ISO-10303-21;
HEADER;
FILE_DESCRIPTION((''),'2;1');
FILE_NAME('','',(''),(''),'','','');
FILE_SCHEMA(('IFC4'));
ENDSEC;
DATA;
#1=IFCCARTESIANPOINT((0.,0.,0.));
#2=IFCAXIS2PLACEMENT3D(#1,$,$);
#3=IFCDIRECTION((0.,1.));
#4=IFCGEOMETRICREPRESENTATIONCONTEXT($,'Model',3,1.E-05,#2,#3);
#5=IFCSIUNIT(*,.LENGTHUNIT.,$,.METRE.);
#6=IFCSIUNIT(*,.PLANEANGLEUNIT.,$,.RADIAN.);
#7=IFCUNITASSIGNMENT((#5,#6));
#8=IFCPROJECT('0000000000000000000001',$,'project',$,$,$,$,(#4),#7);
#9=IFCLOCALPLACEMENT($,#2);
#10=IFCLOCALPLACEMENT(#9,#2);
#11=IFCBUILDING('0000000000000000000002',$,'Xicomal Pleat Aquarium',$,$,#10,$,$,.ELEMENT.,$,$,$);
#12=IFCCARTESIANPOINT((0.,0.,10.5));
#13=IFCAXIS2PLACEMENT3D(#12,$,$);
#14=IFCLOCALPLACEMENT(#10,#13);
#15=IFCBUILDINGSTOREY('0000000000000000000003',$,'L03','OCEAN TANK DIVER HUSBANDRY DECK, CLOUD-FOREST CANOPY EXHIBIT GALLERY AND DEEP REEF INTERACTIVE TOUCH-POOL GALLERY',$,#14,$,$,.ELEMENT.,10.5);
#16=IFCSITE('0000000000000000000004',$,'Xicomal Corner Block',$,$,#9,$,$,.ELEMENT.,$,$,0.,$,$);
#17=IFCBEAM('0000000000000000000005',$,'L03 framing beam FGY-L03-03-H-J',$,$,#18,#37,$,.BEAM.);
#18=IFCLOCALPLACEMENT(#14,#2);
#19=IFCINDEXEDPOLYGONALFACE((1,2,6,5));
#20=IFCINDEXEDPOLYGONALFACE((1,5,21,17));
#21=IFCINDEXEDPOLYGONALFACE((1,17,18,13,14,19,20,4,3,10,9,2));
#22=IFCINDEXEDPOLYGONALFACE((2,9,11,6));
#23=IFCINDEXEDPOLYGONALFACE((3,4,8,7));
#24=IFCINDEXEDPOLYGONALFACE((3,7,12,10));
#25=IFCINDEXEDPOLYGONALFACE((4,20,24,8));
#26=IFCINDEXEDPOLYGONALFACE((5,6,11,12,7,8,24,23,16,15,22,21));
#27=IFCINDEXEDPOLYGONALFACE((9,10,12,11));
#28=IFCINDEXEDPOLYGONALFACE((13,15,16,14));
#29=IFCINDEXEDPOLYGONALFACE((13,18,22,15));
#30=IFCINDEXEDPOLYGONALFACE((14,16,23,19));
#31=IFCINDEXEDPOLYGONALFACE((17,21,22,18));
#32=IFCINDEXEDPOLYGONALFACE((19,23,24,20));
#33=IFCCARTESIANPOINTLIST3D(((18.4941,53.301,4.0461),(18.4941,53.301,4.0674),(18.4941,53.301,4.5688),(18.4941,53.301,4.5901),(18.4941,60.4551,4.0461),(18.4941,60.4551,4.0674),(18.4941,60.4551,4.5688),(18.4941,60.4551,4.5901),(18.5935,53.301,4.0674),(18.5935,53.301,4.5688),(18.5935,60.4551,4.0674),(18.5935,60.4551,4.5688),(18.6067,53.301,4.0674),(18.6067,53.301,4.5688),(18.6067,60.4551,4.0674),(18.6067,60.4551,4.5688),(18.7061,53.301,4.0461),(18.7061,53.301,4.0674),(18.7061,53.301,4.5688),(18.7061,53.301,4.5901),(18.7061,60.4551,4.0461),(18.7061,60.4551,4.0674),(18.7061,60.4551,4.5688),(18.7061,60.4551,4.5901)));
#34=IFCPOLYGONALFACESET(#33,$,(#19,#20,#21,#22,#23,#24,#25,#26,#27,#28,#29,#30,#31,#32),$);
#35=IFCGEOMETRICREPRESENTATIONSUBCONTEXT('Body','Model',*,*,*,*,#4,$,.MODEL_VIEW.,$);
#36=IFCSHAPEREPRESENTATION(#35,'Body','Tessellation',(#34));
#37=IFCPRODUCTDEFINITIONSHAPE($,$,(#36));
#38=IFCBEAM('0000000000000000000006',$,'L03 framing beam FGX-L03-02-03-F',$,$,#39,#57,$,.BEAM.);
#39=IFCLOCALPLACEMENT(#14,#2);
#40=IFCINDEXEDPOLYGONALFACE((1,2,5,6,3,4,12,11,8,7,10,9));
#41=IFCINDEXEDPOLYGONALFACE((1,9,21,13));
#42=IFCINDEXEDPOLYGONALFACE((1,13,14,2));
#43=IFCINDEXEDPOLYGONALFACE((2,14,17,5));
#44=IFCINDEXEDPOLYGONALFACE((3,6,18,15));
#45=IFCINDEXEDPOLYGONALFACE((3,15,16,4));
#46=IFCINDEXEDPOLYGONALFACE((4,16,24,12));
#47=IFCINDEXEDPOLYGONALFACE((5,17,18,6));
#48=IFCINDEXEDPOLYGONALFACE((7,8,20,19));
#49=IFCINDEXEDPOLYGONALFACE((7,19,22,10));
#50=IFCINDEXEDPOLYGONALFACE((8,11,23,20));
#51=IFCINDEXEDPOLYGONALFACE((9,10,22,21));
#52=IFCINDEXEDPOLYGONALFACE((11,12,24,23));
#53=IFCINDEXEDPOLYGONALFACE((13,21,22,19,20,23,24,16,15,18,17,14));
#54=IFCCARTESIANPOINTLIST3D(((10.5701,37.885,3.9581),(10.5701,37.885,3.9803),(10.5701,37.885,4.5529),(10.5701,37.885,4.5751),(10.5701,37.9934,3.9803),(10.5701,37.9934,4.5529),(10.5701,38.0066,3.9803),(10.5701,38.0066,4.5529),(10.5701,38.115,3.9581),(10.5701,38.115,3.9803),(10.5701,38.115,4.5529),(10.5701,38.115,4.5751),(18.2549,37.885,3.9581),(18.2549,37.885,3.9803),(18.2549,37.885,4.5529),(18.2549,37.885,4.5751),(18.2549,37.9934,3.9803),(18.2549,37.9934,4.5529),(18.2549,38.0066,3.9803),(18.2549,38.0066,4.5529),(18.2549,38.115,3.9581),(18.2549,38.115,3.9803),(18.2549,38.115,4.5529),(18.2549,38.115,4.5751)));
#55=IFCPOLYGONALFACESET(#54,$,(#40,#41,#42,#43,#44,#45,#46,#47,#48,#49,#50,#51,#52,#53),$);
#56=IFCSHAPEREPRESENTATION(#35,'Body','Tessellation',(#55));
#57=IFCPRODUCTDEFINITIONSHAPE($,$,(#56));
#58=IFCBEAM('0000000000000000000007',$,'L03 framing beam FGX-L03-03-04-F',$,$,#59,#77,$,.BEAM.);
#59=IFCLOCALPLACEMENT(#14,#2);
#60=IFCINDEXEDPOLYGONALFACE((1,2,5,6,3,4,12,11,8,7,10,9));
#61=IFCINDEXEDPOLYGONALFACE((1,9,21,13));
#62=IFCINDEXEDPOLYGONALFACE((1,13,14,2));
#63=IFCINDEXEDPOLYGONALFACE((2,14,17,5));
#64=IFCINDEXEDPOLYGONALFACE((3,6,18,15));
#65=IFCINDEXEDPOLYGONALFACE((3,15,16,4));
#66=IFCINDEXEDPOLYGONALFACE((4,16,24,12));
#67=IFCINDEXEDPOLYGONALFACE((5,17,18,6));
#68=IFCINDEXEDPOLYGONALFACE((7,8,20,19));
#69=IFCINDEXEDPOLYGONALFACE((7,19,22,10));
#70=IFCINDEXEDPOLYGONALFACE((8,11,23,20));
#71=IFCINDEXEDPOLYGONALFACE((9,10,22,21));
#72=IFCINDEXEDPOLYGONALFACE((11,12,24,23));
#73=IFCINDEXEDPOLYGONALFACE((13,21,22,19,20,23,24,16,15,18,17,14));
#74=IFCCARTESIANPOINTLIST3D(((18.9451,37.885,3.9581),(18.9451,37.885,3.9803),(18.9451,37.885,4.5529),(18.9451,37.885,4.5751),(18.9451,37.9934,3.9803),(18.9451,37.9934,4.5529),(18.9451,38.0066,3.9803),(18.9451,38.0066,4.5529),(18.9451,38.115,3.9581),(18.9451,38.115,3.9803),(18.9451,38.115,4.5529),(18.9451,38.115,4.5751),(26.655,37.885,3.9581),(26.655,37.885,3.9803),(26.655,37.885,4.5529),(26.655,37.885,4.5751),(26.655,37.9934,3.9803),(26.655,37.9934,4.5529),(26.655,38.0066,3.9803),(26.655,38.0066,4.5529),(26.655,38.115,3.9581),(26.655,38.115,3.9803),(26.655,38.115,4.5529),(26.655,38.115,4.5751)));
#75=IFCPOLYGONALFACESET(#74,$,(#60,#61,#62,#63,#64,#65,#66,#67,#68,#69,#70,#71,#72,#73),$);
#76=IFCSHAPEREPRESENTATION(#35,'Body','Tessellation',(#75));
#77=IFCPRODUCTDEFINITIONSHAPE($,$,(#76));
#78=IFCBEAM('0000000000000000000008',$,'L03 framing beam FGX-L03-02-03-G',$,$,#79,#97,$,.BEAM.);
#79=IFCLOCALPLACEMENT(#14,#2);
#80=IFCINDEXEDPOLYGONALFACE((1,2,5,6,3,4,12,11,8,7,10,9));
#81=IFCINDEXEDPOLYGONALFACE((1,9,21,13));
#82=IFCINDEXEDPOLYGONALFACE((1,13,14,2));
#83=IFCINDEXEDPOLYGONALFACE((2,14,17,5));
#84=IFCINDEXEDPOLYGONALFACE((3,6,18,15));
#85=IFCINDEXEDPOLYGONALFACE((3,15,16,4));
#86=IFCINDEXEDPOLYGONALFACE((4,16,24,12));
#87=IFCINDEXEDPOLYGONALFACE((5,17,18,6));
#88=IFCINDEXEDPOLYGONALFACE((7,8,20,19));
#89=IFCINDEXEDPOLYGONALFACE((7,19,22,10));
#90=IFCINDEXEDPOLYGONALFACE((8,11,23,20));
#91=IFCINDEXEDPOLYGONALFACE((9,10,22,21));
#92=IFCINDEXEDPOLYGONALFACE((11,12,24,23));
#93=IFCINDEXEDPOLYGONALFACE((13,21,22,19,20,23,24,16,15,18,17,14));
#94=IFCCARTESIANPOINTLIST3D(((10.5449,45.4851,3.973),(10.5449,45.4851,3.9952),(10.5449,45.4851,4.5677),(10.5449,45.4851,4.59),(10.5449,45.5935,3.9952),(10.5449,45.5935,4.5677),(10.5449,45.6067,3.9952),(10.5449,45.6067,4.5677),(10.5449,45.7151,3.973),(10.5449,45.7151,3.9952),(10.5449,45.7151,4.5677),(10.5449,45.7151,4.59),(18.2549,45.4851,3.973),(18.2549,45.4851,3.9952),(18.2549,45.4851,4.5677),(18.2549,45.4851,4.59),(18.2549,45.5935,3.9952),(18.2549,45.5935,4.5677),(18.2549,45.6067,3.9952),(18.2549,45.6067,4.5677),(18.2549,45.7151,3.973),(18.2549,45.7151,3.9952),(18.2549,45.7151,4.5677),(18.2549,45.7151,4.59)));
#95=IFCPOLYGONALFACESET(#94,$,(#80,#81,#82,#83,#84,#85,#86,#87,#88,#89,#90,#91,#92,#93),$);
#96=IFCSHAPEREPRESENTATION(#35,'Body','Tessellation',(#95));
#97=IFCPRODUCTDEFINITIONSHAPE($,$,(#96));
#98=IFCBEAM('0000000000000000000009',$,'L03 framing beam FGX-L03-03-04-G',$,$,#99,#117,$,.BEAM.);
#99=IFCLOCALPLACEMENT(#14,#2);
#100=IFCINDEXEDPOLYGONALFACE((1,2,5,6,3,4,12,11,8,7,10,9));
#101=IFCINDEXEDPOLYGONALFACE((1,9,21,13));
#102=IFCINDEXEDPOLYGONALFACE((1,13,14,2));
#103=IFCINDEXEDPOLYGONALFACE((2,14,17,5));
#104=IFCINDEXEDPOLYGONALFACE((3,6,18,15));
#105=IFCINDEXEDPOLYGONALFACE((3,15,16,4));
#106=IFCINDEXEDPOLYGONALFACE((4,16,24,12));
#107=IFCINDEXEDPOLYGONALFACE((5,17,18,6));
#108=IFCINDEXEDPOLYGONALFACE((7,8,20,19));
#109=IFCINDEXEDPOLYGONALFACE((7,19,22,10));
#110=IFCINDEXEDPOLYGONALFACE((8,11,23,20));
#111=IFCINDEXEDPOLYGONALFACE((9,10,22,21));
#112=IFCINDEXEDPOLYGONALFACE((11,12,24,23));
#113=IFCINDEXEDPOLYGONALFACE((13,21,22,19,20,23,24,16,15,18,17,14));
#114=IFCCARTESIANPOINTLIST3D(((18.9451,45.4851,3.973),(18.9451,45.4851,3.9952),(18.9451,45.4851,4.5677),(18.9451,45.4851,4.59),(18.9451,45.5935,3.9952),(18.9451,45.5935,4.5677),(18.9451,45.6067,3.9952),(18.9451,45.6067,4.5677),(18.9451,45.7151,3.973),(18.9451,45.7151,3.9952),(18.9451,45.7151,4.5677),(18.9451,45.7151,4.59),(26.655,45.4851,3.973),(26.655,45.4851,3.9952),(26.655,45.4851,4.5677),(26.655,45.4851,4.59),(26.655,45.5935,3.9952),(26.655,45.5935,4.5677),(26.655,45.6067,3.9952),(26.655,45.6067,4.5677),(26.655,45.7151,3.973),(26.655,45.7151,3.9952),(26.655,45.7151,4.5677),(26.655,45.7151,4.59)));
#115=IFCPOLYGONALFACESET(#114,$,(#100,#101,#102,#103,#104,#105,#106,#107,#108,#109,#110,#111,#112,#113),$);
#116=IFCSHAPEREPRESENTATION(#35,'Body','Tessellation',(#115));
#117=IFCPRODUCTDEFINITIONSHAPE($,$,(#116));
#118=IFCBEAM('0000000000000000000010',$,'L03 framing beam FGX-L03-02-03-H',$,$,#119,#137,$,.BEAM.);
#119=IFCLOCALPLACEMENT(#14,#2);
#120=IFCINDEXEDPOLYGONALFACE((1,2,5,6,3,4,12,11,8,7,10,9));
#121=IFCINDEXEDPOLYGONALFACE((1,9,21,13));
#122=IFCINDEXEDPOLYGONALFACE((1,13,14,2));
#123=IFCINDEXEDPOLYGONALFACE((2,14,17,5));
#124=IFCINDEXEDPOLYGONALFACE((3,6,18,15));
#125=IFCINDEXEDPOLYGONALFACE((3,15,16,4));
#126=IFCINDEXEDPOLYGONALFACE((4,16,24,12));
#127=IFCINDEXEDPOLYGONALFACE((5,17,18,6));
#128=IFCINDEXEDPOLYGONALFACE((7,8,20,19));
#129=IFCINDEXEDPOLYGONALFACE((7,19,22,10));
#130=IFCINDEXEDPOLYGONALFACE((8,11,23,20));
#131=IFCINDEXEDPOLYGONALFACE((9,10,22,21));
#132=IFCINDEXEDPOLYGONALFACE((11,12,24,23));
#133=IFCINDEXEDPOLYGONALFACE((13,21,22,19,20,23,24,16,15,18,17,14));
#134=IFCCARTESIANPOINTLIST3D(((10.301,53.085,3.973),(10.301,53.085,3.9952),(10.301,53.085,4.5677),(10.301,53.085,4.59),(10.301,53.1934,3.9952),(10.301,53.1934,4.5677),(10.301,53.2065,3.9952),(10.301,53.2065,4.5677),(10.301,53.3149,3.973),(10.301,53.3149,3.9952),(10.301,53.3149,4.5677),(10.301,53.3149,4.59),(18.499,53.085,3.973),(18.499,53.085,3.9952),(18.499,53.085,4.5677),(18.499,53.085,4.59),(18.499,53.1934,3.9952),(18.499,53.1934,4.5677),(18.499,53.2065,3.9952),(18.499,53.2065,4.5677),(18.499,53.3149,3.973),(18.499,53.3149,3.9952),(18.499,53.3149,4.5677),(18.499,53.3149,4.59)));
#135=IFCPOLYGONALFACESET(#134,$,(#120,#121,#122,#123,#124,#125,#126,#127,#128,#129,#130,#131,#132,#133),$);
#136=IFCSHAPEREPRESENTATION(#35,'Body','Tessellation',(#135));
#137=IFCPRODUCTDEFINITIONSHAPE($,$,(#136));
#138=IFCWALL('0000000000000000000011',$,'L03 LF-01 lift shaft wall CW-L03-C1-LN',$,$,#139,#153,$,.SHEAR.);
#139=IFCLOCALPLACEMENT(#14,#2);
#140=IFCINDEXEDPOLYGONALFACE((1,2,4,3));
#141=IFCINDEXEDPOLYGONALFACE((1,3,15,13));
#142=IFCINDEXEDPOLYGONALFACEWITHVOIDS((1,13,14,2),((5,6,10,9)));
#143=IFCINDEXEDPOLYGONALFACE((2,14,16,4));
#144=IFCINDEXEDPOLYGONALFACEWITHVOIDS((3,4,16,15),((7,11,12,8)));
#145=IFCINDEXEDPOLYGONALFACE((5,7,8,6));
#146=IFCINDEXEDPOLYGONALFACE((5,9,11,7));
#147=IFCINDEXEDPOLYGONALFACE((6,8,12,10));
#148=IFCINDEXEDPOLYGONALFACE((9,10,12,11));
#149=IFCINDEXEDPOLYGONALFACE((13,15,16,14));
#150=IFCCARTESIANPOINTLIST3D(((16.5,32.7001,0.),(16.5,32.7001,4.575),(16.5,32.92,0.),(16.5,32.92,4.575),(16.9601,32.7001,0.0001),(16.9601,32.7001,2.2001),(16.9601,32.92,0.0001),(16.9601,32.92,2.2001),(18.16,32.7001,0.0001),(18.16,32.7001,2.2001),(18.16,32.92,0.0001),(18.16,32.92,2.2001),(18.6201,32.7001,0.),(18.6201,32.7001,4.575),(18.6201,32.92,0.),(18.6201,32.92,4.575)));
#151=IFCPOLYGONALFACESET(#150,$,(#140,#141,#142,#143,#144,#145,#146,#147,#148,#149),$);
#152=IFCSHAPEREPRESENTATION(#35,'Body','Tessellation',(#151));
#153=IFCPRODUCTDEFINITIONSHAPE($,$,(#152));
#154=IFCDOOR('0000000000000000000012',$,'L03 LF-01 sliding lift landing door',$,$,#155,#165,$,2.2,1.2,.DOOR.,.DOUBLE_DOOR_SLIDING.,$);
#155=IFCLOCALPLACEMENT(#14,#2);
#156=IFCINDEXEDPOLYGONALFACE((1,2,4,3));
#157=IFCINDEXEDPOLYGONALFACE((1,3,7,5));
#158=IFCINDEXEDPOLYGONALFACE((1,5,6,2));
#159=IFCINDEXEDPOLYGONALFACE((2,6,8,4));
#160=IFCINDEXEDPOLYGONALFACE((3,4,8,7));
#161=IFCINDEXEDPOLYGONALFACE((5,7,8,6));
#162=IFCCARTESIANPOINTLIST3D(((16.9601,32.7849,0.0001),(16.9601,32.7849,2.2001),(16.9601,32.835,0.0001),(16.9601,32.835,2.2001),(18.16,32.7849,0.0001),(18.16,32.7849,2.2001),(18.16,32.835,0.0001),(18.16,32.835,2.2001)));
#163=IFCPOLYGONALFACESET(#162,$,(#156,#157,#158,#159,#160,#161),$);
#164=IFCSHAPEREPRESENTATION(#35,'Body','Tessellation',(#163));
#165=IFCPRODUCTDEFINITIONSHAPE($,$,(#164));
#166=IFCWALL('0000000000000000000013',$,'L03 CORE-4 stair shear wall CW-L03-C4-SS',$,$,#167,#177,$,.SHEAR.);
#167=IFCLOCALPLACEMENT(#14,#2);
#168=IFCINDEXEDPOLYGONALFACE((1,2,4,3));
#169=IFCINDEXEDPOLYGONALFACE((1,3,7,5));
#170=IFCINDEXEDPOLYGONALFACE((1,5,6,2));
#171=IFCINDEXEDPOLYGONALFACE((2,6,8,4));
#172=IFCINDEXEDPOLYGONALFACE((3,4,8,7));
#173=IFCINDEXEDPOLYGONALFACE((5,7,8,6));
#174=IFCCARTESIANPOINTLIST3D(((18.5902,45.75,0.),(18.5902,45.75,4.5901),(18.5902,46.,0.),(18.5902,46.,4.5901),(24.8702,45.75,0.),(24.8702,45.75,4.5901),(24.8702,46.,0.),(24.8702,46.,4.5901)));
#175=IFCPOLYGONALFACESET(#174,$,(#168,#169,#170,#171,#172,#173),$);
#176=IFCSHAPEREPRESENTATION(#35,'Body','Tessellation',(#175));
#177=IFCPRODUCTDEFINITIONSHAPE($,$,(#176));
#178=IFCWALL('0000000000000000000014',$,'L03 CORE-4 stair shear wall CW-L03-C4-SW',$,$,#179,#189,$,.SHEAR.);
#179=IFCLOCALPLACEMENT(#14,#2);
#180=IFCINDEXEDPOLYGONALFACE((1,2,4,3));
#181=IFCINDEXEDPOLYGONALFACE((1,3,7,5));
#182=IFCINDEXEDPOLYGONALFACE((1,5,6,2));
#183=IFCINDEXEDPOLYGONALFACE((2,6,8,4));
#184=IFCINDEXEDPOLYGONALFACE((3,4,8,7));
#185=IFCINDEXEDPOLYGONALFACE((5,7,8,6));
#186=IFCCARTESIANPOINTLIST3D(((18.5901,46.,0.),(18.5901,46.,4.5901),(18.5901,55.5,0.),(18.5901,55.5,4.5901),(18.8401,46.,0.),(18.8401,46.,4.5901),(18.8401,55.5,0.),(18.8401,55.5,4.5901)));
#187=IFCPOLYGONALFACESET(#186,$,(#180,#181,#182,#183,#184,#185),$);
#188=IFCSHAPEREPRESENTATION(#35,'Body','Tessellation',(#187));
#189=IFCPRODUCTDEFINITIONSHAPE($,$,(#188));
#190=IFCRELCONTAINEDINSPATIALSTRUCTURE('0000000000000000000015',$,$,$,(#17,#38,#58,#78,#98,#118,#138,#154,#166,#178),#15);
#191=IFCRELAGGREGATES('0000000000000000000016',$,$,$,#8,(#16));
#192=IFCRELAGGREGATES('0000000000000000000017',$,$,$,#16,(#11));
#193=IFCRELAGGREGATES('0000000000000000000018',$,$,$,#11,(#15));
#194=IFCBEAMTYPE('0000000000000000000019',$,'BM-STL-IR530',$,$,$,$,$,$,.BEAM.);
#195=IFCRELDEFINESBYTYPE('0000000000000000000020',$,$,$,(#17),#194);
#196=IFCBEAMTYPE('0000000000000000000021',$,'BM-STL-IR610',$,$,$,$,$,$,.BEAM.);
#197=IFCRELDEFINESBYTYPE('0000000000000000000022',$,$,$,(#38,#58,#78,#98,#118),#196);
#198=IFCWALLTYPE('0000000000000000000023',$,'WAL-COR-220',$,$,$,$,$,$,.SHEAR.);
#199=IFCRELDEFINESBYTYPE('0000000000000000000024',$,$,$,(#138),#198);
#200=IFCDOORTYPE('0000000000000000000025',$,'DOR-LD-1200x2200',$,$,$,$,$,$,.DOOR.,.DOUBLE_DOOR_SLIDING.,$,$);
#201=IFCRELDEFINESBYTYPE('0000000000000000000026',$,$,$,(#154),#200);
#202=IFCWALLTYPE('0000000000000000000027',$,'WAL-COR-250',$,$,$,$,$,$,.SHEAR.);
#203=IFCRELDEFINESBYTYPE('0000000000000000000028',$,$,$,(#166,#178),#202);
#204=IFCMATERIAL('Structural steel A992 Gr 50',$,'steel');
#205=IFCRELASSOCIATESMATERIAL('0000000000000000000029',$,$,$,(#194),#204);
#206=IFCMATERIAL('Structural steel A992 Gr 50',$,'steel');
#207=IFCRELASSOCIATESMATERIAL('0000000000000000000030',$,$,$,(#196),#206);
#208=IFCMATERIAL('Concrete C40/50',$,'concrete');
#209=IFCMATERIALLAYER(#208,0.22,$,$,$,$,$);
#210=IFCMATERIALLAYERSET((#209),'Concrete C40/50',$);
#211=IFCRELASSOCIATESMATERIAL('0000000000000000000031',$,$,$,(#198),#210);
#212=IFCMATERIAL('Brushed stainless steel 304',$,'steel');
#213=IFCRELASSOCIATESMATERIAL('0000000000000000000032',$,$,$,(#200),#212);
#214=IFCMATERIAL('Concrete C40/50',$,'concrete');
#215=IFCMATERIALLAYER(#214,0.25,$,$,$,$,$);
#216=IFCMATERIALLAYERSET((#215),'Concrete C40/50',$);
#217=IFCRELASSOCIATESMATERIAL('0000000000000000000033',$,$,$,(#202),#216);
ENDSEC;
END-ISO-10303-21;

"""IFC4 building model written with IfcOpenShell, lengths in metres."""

from ifc_helpers import new_model, si_unit, direction, frame, frame_2d, origin, origin_2d, place, context, subcontext, project, spatial, rectangle, i_section, extrude, material, layer, layer_set, material_profile, profile_set, type_object, element, fill, save


model = new_model("IFC4")

# Units and contexts
model_context = context("Model", 3, precision=1e-05, world=origin(), true_north=direction((0.0, 1.0)))
body_context = subcontext(model_context, "Body", "Model", "MODEL_VIEW")
ifc_project = project(units=[si_unit("LENGTHUNIT", "METRE"), si_unit("PLANEANGLEUNIT", "RADIAN")], contexts=[model_context])

# Site, building, storey
site_placement = place(None, origin())
site = spatial("IfcSite", under=ifc_project, at=site_placement, Name="Xicomal Corner Block", CompositionType="ELEMENT", RefElevation=0.0)
building_placement = place(site_placement, origin())
building = spatial("IfcBuilding", under=site, at=building_placement, Name="Xicomal Pleat Aquarium", CompositionType="ELEMENT")
storey_placement = place(building_placement, frame((0.0, 0.0, 10.5)))
storey = spatial("IfcBuildingStorey", under=building, at=storey_placement, Name="L03", Description="OCEAN TANK DIVER HUSBANDRY DECK, CLOUD-FOREST CANOPY EXHIBIT GALLERY AND DEEP REEF INTERACTIVE TOUCH-POOL GALLERY", CompositionType="ELEMENT", Elevation=10.5)

# Beams
ifc_material_1 = material(Name="Structural steel A992 Gr 50", Category="steel")
ifc_material_profile_1 = material_profile(ifc_material_1, i_section(OverallWidth=0.2119, OverallDepth=0.5439, WebThickness=0.0132, FlangeThickness=0.0212, at=origin_2d()), Name="IR 530x123")
ifc_profile_set_1 = profile_set([ifc_material_profile_1], Name="Structural steel A992 Gr 50")
beam_type_1 = type_object("IfcBeamType", Name="BM-STL-IR530", PredefinedType="BEAM", material=ifc_profile_set_1)
for number, where, z_axis, x_axis, name in (
    (1, (18.6001, 53.301, 4.3181), (0.0, 1.0, 0.0), (-1.0, 0.0, 0.0), "L03 framing beam FGY-L03-03-H-J"),
):
    element("IfcBeam", number, at=place(storey_placement, frame(where, z_axis=z_axis, x_axis=x_axis)), inside=storey, type_object=beam_type_1, Name=name, PredefinedType="BEAM", context=body_context, shape_type="SweptSolid", body=[
        extrude(i_section(OverallWidth=0.2119, OverallDepth=0.5439, WebThickness=0.0132, FlangeThickness=0.0212, at=origin_2d()), origin(), (0.0, 0.0, 1.0), 7.1541),
    ])
ifc_material_2 = material(Name="Structural steel A992 Gr 50", Category="steel")
ifc_material_profile_2 = material_profile(ifc_material_2, i_section(OverallWidth=0.23, OverallDepth=0.6169, WebThickness=0.0132, FlangeThickness=0.0222, at=origin_2d()), Name="IR 610x140")
ifc_profile_set_2 = profile_set([ifc_material_profile_2], Name="Structural steel A992 Gr 50")
beam_type_2 = type_object("IfcBeamType", Name="BM-STL-IR610", PredefinedType="BEAM", material=ifc_profile_set_2)
beam_1_placement = place(storey_placement, frame((10.5701, 38.0, 4.2666), z_axis=(1.0, 0.0, 0.0), x_axis=(0.0, 1.0, 0.0)))
element("IfcBeam", 2, at=beam_1_placement, inside=storey, type_object=beam_type_2, Name="L03 framing beam FGX-L03-02-03-F", PredefinedType="BEAM", context=body_context, shape_type="SweptSolid", body=[
    extrude(i_section(OverallWidth=0.23, OverallDepth=0.6169, WebThickness=0.0132, FlangeThickness=0.0222, at=origin_2d()), origin(), (0.0, 0.0, 1.0), 7.6848),
])
for number, where, z_axis, x_axis, name in (
    (3, (18.9451, 38.0, 4.2666), (1.0, 0.0, 0.0), (0.0, 1.0, 0.0), "L03 framing beam FGX-L03-03-04-F"),
    (4, (10.5449, 45.6001, 4.2815), (1.0, 0.0, 0.0), (0.0, 1.0, 0.0), "L03 framing beam FGX-L03-02-03-G"),
    (5, (18.9451, 45.6001, 4.2815), (1.0, 0.0, 0.0), (0.0, 1.0, 0.0), "L03 framing beam FGX-L03-03-04-G"),
):
    element("IfcBeam", number, at=place(storey_placement, frame(where, z_axis=z_axis, x_axis=x_axis)), inside=storey, type_object=beam_type_2, Name=name, PredefinedType="BEAM", context=body_context, shape_type="SweptSolid", body=[
        extrude(i_section(OverallWidth=0.23, OverallDepth=0.6169, WebThickness=0.0132, FlangeThickness=0.0222, at=origin_2d()), origin(), (0.0, 0.0, 1.0), 7.71),
    ])
beam_2_placement = place(storey_placement, frame((10.301, 53.2, 4.2815), z_axis=(1.0, 0.0, 0.0), x_axis=(0.0, 1.0, 0.0)))
element("IfcBeam", 6, at=beam_2_placement, inside=storey, type_object=beam_type_2, Name="L03 framing beam FGX-L03-02-03-H", PredefinedType="BEAM", context=body_context, shape_type="SweptSolid", body=[
    extrude(i_section(OverallWidth=0.23, OverallDepth=0.6169, WebThickness=0.0132, FlangeThickness=0.0222, at=origin_2d()), origin(), (0.0, 0.0, 1.0), 8.198),
])

# Wall, opening, door
ifc_material_3 = material(Name="Concrete C40/50", Category="concrete")
ifc_layer_1 = layer(ifc_material_3, 0.22)
ifc_layer_set_1 = layer_set([ifc_layer_1], Name="Concrete C40/50")
wall_type_1 = type_object("IfcWallType", Name="WAL-COR-220", PredefinedType="SHEAR", material=ifc_layer_set_1)
wall_1_placement = place(storey_placement, frame((16.5, 32.8101, 0.0), z_axis=(0.0, 0.0, 1.0), x_axis=(1.0, 0.0, 0.0)))
wall_1 = element("IfcWall", 7, at=wall_1_placement, inside=storey, type_object=wall_type_1, Name="L03 LF-01 lift shaft wall CW-L03-C1-LN", PredefinedType="SHEAR", context=body_context, shape_type="SweptSolid", body=[
    extrude(rectangle(XDim=2.1201, YDim=0.22, at=frame_2d((1.0601, 0.0))), origin(), (0.0, 0.0, 1.0), 4.575),
])
opening_1_placement = place(wall_1_placement, frame((0.46, 0.0, 0.0)))
opening_1 = element("IfcOpeningElement", 8, at=opening_1_placement, cuts=wall_1, PredefinedType="OPENING", context=body_context, shape_type="SweptSolid", body=[
    extrude(rectangle(XDim=1.2, YDim=2.2, at=frame_2d((0.6001, 1.1001))), frame((0.0, 0.1199, 0.0), z_axis=(0.0, -1.0, 0.0), x_axis=(1.0, 0.0, 0.0)), (0.0, 0.0, 1.0), 0.24),
])
ifc_material_4 = material(Name="Brushed stainless steel 304", Category="steel")
door_type_1 = type_object("IfcDoorType", Name="DOR-LD-1200x2200", OperationType="DOUBLE_DOOR_SLIDING", PredefinedType="DOOR", material=ifc_material_4)
door_1_placement = place(opening_1_placement, origin())
door_1 = element("IfcDoor", 9, at=door_1_placement, inside=storey, type_object=door_type_1, Name="L03 LF-01 sliding lift landing door", OperationType="DOUBLE_DOOR_SLIDING", OverallHeight=2.2, OverallWidth=1.2, PredefinedType="DOOR", context=body_context, shape_type="SweptSolid", body=[
    extrude(rectangle(XDim=1.2, YDim=2.2, at=frame_2d((0.6001, 1.1001))), frame((0.0, 0.0249, 0.0), z_axis=(0.0, -1.0, 0.0), x_axis=(1.0, 0.0, 0.0)), (0.0, 0.0, 1.0), 0.05),
])
fill(opening_1, door_1)

# Walls
ifc_material_5 = material(Name="Concrete C40/50", Category="concrete")
ifc_layer_2 = layer(ifc_material_5, 0.25)
ifc_layer_set_2 = layer_set([ifc_layer_2], Name="Concrete C40/50")
wall_type_2 = type_object("IfcWallType", Name="WAL-COR-250", PredefinedType="SHEAR", material=ifc_layer_set_2)
wall_2_placement = place(storey_placement, frame((18.5901, 45.875, 0.0), z_axis=(0.0, 0.0, 1.0), x_axis=(1.0, 0.0, 0.0)))
element("IfcWall", 10, at=wall_2_placement, inside=storey, type_object=wall_type_2, Name="L03 CORE-4 stair shear wall CW-L03-C4-SS", PredefinedType="SHEAR", context=body_context, shape_type="SweptSolid", body=[
    extrude(rectangle(XDim=6.28, YDim=0.25, at=frame_2d((3.1401, 0.0))), origin(), (0.0, 0.0, 1.0), 4.5901),
])
wall_3_placement = place(storey_placement, frame((18.7151, 46.0, 0.0), z_axis=(0.0, 0.0, 1.0), x_axis=(0.0, 1.0, 0.0)))
element("IfcWall", 11, at=wall_3_placement, inside=storey, type_object=wall_type_2, Name="L03 CORE-4 stair shear wall CW-L03-C4-SW", PredefinedType="SHEAR", context=body_context, shape_type="SweptSolid", body=[
    extrude(rectangle(XDim=9.5, YDim=0.25, at=frame_2d((4.75, 0.0))), origin(), (0.0, 0.0, 1.0), 4.5901),
])

save(model, "model.ifc")
